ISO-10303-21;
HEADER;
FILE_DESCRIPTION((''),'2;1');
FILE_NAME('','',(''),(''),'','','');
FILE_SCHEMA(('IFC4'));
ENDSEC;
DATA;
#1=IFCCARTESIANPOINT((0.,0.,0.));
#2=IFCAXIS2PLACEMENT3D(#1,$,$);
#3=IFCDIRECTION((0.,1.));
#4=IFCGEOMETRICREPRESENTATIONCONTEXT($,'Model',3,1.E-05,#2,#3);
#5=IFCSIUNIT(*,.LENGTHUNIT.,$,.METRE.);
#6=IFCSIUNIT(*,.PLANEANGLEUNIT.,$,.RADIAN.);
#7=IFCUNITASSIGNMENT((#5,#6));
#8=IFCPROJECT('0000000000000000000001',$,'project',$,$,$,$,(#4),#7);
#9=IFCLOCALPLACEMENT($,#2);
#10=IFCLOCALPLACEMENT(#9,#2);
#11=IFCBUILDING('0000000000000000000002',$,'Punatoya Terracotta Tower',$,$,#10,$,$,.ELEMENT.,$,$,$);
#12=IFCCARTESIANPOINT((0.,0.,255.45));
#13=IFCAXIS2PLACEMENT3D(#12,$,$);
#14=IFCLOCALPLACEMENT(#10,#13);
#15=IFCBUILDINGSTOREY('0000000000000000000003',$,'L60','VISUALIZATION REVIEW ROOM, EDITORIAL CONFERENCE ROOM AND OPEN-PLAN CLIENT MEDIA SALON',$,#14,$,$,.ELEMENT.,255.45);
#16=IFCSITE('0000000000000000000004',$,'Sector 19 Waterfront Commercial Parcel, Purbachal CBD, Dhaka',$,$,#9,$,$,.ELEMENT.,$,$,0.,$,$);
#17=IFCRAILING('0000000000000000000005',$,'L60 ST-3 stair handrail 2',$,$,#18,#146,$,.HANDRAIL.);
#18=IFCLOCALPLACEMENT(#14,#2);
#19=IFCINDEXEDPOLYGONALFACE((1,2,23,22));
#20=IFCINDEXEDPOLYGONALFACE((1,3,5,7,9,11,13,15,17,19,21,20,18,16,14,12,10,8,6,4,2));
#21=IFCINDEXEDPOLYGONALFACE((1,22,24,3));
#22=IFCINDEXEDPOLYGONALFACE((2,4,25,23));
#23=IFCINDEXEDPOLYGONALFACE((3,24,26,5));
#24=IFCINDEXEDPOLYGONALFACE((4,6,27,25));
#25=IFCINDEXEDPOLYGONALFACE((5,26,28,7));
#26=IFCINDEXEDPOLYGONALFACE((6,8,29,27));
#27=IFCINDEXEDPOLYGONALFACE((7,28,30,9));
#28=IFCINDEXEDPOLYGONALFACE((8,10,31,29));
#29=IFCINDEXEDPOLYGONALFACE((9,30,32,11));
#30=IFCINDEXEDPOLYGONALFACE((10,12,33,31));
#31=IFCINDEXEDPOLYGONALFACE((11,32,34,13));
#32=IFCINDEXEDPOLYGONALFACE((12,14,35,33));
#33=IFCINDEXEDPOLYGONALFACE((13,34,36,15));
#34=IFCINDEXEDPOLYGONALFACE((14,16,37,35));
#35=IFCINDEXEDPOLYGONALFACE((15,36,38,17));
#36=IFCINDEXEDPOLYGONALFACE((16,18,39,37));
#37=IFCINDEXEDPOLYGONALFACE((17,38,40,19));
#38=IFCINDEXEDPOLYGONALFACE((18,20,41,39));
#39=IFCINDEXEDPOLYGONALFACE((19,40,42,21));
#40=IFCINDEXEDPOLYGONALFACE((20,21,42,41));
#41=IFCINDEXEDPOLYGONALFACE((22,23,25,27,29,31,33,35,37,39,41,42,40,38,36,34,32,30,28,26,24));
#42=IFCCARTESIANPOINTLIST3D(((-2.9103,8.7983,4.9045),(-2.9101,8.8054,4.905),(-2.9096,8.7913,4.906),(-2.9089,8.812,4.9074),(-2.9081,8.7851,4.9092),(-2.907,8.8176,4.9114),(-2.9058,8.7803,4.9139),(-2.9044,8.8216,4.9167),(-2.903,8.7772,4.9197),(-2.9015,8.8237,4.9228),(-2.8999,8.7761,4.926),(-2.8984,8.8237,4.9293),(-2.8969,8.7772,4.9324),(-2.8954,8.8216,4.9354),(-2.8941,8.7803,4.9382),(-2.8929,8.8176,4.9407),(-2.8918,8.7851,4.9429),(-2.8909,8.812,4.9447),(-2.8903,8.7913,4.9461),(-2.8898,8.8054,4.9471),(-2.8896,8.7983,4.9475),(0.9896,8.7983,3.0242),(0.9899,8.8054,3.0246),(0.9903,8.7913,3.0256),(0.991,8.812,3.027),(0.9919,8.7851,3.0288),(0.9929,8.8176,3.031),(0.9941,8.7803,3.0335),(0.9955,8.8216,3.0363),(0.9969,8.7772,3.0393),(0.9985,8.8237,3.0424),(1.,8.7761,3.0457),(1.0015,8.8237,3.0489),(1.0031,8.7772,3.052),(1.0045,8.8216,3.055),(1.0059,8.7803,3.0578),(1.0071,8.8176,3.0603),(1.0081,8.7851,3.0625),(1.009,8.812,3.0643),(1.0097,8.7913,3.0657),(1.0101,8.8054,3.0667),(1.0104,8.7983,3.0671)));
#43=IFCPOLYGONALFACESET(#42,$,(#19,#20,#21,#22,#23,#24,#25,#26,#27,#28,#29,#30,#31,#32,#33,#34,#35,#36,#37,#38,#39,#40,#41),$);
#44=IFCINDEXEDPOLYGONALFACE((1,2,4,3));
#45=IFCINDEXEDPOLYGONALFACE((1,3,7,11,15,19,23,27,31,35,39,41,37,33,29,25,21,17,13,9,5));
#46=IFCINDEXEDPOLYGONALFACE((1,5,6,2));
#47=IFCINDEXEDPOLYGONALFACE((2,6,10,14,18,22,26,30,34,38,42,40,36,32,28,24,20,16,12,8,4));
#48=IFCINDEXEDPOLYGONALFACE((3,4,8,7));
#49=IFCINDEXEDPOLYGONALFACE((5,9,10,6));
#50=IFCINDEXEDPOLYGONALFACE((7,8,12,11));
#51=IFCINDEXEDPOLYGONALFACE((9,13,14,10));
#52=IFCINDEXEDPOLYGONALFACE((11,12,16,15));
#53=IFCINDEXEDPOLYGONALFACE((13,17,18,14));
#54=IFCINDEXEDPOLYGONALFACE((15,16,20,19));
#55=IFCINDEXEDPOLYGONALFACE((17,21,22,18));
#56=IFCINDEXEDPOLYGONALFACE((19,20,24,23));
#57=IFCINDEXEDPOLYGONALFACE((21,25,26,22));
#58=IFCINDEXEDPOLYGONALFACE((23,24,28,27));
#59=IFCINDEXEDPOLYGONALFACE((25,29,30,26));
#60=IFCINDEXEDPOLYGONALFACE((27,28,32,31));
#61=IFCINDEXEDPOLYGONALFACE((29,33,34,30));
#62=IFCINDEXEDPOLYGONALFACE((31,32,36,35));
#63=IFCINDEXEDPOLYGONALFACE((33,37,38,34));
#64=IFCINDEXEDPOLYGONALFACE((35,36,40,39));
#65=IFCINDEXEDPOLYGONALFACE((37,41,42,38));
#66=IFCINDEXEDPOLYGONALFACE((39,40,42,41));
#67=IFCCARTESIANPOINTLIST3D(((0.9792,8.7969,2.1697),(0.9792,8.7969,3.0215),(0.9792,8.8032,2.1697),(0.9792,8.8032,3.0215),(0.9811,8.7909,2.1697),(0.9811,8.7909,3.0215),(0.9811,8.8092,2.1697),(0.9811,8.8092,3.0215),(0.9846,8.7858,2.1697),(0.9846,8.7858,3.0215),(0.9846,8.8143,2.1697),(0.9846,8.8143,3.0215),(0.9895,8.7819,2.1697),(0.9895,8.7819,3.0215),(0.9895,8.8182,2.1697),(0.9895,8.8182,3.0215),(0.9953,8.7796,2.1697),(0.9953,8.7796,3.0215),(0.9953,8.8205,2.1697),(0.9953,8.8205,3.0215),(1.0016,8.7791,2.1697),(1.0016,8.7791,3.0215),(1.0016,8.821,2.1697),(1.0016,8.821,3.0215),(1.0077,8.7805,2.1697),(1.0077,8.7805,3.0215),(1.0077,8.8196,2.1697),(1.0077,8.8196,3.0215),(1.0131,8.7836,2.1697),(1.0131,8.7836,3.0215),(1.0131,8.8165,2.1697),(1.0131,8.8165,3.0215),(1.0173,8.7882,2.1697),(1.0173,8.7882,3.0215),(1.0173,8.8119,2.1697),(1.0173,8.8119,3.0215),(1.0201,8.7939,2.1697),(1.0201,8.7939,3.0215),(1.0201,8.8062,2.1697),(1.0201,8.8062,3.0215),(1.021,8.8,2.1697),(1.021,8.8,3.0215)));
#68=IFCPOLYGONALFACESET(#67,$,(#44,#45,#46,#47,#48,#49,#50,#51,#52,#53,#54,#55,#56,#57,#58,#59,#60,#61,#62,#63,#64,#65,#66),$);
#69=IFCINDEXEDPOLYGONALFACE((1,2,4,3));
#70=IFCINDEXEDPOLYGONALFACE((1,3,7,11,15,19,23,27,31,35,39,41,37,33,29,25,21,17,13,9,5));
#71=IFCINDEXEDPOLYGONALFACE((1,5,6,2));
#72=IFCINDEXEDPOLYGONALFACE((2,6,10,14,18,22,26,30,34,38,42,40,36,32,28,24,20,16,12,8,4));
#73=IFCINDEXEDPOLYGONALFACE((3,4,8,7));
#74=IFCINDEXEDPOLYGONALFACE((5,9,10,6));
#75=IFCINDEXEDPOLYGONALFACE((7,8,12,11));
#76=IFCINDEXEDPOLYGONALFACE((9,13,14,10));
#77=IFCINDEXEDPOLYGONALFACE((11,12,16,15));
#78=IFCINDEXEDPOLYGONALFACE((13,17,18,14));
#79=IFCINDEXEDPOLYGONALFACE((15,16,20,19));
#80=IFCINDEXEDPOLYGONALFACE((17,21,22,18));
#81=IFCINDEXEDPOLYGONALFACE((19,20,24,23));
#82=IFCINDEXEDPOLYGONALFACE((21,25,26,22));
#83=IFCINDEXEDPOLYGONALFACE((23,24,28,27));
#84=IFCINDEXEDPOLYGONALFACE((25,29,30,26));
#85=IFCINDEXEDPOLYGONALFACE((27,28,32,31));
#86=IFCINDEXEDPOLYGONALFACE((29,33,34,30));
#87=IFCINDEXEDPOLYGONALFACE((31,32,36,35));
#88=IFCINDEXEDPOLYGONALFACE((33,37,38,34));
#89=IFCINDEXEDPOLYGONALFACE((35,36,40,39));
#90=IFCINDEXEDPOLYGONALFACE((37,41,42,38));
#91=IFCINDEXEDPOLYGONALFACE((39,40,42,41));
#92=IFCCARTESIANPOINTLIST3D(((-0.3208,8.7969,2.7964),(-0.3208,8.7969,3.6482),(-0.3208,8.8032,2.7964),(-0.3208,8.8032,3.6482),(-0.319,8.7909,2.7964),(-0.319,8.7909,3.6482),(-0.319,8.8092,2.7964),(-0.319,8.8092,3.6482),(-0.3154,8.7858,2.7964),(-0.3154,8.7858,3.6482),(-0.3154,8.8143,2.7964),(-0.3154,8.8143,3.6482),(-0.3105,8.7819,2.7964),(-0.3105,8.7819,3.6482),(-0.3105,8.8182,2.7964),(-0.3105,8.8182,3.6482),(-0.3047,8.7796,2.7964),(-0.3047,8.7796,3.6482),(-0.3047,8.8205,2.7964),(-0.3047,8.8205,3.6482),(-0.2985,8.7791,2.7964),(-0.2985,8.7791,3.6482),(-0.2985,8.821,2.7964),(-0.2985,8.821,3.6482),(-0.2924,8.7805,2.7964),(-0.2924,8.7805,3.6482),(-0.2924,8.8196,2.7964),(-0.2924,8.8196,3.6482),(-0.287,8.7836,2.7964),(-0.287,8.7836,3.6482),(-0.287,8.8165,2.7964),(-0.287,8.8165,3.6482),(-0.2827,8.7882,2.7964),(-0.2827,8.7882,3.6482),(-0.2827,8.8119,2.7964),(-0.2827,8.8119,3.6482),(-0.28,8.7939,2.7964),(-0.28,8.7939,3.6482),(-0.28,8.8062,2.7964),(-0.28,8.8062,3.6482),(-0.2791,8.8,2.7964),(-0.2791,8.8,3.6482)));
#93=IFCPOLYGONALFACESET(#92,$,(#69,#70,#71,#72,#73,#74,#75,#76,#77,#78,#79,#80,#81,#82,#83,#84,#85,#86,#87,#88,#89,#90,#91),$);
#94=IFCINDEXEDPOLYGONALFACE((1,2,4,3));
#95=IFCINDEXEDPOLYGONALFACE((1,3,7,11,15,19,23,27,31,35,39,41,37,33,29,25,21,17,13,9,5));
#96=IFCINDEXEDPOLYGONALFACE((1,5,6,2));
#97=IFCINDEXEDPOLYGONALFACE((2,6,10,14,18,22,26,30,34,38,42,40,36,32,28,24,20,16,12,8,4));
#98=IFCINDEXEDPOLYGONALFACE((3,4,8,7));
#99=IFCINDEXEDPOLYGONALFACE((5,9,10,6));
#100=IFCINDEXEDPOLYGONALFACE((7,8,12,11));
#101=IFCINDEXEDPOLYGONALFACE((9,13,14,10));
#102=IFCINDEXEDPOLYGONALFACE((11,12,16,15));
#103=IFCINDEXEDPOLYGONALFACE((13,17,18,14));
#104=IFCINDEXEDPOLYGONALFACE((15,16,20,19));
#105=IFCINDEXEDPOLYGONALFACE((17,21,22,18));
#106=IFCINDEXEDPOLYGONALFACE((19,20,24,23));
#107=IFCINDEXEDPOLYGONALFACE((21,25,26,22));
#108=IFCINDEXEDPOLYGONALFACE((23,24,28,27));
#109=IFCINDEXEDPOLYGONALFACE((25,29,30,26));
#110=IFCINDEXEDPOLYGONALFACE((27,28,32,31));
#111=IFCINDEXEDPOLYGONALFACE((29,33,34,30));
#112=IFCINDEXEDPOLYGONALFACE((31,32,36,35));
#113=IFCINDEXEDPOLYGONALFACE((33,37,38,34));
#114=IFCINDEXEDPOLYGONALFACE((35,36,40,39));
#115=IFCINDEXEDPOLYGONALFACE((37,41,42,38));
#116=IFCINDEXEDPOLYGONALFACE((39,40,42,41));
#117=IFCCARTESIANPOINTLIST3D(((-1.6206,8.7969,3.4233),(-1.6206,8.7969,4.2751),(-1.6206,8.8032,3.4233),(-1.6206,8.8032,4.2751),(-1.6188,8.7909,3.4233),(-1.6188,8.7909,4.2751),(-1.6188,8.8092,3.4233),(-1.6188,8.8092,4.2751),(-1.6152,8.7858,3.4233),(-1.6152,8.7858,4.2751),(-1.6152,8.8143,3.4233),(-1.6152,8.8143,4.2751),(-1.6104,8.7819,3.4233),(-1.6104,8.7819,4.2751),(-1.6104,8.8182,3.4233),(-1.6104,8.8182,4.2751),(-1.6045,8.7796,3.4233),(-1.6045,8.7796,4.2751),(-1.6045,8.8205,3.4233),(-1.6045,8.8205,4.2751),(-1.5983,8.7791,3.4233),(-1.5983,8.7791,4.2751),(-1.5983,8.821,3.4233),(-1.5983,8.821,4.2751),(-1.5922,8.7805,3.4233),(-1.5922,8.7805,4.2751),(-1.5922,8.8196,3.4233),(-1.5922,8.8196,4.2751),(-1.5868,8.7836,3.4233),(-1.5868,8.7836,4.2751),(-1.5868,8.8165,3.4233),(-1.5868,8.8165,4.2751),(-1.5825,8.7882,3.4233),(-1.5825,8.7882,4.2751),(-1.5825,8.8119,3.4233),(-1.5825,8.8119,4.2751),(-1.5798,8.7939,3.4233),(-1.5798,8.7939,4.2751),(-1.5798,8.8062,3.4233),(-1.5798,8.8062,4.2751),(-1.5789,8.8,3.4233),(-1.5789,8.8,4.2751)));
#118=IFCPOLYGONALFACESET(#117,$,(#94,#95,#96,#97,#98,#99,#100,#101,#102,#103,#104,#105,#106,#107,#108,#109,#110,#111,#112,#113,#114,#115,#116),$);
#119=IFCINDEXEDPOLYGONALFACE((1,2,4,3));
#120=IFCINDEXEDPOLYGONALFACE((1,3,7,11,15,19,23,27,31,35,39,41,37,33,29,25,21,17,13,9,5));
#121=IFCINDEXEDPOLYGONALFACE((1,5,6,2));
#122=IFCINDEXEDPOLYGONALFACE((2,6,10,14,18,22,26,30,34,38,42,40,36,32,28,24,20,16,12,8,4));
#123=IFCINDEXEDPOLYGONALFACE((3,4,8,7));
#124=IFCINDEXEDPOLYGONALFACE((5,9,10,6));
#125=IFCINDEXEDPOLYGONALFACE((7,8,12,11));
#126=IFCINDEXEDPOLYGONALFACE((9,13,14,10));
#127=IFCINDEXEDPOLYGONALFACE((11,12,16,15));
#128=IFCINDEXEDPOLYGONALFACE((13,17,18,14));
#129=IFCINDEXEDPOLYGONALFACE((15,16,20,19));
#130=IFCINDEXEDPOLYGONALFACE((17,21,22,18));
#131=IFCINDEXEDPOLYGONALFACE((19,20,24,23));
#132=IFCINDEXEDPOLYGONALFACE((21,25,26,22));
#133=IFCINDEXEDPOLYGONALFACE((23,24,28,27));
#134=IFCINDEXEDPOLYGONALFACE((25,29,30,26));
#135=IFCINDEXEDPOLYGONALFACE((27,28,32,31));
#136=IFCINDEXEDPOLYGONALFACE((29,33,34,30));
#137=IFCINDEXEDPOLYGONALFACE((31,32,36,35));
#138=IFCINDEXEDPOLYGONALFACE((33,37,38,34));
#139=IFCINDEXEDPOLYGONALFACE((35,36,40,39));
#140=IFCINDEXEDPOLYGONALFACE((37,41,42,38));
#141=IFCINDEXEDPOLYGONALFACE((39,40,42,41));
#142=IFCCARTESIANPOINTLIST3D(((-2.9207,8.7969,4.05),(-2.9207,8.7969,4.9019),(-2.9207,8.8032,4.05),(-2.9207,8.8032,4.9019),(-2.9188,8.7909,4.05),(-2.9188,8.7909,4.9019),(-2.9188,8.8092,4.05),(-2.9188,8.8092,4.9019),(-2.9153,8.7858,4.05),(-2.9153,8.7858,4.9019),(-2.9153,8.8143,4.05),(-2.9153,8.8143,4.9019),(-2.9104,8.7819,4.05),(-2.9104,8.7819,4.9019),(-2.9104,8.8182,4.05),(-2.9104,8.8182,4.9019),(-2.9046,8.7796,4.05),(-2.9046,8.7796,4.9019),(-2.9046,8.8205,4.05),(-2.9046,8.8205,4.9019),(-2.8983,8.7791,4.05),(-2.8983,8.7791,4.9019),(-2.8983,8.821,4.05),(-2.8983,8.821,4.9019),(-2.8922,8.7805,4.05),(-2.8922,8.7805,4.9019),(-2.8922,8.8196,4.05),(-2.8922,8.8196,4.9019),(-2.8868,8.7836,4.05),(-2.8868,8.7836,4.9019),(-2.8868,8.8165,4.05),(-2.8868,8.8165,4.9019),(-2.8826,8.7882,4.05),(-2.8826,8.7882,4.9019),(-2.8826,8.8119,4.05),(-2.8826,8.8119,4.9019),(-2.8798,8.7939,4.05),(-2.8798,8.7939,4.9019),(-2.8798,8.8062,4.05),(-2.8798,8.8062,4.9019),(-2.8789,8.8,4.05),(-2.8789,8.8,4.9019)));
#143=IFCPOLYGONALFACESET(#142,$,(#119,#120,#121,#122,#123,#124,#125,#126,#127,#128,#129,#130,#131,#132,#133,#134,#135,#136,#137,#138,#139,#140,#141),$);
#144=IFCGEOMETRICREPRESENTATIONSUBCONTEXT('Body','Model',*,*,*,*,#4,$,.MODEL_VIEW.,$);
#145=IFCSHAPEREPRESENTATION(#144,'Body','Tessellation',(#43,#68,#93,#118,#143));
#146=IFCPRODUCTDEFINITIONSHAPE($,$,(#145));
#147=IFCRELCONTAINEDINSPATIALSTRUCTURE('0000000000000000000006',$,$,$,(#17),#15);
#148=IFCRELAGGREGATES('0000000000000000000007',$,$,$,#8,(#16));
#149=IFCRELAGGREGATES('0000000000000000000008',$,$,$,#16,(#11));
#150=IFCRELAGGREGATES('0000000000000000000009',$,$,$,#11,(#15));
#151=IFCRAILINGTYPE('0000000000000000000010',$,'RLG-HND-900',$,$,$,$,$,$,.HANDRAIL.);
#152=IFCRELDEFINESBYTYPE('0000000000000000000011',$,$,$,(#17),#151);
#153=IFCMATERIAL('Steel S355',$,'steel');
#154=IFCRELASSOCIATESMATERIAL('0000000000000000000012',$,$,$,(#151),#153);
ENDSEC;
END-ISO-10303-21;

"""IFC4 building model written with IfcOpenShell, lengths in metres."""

from ifc_helpers import new_model, si_unit, direction, frame, origin, origin_2d, place, context, subcontext, project, spatial, circle, extrude, material, type_object, element, save


model = new_model("IFC4")

# Units and contexts
model_context = context("Model", 3, precision=1e-05, world=origin(), true_north=direction((0.0, 1.0)))
body_context = subcontext(model_context, "Body", "Model", "MODEL_VIEW")
ifc_project = project(units=[si_unit("LENGTHUNIT", "METRE"), si_unit("PLANEANGLEUNIT", "RADIAN")], contexts=[model_context])

# Site, building, storey
site_placement = place(None, origin())
site = spatial("IfcSite", under=ifc_project, at=site_placement, Name="Sector 19 Waterfront Commercial Parcel, Purbachal CBD, Dhaka", CompositionType="ELEMENT", RefElevation=0.0)
building_placement = place(site_placement, origin())
building = spatial("IfcBuilding", under=site, at=building_placement, Name="Punatoya Terracotta Tower", CompositionType="ELEMENT")
storey_placement = place(building_placement, frame((0.0, 0.0, 255.45)))
storey = spatial("IfcBuildingStorey", under=building, at=storey_placement, Name="L60", Description="VISUALIZATION REVIEW ROOM, EDITORIAL CONFERENCE ROOM AND OPEN-PLAN CLIENT MEDIA SALON", CompositionType="ELEMENT", Elevation=255.45)

# Shared definitions
ifc_material_1 = material(Name="Steel S355", Category="steel")

# Railing
railing_type_1 = type_object("IfcRailingType", Name="RLG-HND-900", PredefinedType="HANDRAIL", material=ifc_material_1)
railing_1_placement = place(storey_placement, frame((1.0, 8.8, 2.1697)))
element("IfcRailing", 1, at=railing_1_placement, inside=storey, type_object=railing_type_1, Name="L60 ST-3 stair handrail 2", PredefinedType="HANDRAIL", context=body_context, shape_type="SweptSolid", body=[
    extrude(circle(Radius=0.0239, at=origin_2d()), frame((0.0, 0.0, 0.876), z_axis=(-0.900763, 0.0, 0.434311), x_axis=(0.0, -1.0, 0.0)), (0.0, 0.0, 1.0), 4.3296),
    extrude(circle(Radius=0.021, at=origin_2d()), origin(), (0.0, 0.0, 1.0), 0.8518),
    extrude(circle(Radius=0.021, at=origin_2d()), frame((-1.3, 0.0, 0.6267)), (0.0, 0.0, 1.0), 0.8518),
    extrude(circle(Radius=0.021, at=origin_2d()), frame((-2.5999, 0.0, 1.2537)), (0.0, 0.0, 1.0), 0.8518),
    extrude(circle(Radius=0.021, at=origin_2d()), frame((-3.8999, 0.0, 1.8804)), (0.0, 0.0, 1.0), 0.8518),
])

save(model, "model.ifc")
